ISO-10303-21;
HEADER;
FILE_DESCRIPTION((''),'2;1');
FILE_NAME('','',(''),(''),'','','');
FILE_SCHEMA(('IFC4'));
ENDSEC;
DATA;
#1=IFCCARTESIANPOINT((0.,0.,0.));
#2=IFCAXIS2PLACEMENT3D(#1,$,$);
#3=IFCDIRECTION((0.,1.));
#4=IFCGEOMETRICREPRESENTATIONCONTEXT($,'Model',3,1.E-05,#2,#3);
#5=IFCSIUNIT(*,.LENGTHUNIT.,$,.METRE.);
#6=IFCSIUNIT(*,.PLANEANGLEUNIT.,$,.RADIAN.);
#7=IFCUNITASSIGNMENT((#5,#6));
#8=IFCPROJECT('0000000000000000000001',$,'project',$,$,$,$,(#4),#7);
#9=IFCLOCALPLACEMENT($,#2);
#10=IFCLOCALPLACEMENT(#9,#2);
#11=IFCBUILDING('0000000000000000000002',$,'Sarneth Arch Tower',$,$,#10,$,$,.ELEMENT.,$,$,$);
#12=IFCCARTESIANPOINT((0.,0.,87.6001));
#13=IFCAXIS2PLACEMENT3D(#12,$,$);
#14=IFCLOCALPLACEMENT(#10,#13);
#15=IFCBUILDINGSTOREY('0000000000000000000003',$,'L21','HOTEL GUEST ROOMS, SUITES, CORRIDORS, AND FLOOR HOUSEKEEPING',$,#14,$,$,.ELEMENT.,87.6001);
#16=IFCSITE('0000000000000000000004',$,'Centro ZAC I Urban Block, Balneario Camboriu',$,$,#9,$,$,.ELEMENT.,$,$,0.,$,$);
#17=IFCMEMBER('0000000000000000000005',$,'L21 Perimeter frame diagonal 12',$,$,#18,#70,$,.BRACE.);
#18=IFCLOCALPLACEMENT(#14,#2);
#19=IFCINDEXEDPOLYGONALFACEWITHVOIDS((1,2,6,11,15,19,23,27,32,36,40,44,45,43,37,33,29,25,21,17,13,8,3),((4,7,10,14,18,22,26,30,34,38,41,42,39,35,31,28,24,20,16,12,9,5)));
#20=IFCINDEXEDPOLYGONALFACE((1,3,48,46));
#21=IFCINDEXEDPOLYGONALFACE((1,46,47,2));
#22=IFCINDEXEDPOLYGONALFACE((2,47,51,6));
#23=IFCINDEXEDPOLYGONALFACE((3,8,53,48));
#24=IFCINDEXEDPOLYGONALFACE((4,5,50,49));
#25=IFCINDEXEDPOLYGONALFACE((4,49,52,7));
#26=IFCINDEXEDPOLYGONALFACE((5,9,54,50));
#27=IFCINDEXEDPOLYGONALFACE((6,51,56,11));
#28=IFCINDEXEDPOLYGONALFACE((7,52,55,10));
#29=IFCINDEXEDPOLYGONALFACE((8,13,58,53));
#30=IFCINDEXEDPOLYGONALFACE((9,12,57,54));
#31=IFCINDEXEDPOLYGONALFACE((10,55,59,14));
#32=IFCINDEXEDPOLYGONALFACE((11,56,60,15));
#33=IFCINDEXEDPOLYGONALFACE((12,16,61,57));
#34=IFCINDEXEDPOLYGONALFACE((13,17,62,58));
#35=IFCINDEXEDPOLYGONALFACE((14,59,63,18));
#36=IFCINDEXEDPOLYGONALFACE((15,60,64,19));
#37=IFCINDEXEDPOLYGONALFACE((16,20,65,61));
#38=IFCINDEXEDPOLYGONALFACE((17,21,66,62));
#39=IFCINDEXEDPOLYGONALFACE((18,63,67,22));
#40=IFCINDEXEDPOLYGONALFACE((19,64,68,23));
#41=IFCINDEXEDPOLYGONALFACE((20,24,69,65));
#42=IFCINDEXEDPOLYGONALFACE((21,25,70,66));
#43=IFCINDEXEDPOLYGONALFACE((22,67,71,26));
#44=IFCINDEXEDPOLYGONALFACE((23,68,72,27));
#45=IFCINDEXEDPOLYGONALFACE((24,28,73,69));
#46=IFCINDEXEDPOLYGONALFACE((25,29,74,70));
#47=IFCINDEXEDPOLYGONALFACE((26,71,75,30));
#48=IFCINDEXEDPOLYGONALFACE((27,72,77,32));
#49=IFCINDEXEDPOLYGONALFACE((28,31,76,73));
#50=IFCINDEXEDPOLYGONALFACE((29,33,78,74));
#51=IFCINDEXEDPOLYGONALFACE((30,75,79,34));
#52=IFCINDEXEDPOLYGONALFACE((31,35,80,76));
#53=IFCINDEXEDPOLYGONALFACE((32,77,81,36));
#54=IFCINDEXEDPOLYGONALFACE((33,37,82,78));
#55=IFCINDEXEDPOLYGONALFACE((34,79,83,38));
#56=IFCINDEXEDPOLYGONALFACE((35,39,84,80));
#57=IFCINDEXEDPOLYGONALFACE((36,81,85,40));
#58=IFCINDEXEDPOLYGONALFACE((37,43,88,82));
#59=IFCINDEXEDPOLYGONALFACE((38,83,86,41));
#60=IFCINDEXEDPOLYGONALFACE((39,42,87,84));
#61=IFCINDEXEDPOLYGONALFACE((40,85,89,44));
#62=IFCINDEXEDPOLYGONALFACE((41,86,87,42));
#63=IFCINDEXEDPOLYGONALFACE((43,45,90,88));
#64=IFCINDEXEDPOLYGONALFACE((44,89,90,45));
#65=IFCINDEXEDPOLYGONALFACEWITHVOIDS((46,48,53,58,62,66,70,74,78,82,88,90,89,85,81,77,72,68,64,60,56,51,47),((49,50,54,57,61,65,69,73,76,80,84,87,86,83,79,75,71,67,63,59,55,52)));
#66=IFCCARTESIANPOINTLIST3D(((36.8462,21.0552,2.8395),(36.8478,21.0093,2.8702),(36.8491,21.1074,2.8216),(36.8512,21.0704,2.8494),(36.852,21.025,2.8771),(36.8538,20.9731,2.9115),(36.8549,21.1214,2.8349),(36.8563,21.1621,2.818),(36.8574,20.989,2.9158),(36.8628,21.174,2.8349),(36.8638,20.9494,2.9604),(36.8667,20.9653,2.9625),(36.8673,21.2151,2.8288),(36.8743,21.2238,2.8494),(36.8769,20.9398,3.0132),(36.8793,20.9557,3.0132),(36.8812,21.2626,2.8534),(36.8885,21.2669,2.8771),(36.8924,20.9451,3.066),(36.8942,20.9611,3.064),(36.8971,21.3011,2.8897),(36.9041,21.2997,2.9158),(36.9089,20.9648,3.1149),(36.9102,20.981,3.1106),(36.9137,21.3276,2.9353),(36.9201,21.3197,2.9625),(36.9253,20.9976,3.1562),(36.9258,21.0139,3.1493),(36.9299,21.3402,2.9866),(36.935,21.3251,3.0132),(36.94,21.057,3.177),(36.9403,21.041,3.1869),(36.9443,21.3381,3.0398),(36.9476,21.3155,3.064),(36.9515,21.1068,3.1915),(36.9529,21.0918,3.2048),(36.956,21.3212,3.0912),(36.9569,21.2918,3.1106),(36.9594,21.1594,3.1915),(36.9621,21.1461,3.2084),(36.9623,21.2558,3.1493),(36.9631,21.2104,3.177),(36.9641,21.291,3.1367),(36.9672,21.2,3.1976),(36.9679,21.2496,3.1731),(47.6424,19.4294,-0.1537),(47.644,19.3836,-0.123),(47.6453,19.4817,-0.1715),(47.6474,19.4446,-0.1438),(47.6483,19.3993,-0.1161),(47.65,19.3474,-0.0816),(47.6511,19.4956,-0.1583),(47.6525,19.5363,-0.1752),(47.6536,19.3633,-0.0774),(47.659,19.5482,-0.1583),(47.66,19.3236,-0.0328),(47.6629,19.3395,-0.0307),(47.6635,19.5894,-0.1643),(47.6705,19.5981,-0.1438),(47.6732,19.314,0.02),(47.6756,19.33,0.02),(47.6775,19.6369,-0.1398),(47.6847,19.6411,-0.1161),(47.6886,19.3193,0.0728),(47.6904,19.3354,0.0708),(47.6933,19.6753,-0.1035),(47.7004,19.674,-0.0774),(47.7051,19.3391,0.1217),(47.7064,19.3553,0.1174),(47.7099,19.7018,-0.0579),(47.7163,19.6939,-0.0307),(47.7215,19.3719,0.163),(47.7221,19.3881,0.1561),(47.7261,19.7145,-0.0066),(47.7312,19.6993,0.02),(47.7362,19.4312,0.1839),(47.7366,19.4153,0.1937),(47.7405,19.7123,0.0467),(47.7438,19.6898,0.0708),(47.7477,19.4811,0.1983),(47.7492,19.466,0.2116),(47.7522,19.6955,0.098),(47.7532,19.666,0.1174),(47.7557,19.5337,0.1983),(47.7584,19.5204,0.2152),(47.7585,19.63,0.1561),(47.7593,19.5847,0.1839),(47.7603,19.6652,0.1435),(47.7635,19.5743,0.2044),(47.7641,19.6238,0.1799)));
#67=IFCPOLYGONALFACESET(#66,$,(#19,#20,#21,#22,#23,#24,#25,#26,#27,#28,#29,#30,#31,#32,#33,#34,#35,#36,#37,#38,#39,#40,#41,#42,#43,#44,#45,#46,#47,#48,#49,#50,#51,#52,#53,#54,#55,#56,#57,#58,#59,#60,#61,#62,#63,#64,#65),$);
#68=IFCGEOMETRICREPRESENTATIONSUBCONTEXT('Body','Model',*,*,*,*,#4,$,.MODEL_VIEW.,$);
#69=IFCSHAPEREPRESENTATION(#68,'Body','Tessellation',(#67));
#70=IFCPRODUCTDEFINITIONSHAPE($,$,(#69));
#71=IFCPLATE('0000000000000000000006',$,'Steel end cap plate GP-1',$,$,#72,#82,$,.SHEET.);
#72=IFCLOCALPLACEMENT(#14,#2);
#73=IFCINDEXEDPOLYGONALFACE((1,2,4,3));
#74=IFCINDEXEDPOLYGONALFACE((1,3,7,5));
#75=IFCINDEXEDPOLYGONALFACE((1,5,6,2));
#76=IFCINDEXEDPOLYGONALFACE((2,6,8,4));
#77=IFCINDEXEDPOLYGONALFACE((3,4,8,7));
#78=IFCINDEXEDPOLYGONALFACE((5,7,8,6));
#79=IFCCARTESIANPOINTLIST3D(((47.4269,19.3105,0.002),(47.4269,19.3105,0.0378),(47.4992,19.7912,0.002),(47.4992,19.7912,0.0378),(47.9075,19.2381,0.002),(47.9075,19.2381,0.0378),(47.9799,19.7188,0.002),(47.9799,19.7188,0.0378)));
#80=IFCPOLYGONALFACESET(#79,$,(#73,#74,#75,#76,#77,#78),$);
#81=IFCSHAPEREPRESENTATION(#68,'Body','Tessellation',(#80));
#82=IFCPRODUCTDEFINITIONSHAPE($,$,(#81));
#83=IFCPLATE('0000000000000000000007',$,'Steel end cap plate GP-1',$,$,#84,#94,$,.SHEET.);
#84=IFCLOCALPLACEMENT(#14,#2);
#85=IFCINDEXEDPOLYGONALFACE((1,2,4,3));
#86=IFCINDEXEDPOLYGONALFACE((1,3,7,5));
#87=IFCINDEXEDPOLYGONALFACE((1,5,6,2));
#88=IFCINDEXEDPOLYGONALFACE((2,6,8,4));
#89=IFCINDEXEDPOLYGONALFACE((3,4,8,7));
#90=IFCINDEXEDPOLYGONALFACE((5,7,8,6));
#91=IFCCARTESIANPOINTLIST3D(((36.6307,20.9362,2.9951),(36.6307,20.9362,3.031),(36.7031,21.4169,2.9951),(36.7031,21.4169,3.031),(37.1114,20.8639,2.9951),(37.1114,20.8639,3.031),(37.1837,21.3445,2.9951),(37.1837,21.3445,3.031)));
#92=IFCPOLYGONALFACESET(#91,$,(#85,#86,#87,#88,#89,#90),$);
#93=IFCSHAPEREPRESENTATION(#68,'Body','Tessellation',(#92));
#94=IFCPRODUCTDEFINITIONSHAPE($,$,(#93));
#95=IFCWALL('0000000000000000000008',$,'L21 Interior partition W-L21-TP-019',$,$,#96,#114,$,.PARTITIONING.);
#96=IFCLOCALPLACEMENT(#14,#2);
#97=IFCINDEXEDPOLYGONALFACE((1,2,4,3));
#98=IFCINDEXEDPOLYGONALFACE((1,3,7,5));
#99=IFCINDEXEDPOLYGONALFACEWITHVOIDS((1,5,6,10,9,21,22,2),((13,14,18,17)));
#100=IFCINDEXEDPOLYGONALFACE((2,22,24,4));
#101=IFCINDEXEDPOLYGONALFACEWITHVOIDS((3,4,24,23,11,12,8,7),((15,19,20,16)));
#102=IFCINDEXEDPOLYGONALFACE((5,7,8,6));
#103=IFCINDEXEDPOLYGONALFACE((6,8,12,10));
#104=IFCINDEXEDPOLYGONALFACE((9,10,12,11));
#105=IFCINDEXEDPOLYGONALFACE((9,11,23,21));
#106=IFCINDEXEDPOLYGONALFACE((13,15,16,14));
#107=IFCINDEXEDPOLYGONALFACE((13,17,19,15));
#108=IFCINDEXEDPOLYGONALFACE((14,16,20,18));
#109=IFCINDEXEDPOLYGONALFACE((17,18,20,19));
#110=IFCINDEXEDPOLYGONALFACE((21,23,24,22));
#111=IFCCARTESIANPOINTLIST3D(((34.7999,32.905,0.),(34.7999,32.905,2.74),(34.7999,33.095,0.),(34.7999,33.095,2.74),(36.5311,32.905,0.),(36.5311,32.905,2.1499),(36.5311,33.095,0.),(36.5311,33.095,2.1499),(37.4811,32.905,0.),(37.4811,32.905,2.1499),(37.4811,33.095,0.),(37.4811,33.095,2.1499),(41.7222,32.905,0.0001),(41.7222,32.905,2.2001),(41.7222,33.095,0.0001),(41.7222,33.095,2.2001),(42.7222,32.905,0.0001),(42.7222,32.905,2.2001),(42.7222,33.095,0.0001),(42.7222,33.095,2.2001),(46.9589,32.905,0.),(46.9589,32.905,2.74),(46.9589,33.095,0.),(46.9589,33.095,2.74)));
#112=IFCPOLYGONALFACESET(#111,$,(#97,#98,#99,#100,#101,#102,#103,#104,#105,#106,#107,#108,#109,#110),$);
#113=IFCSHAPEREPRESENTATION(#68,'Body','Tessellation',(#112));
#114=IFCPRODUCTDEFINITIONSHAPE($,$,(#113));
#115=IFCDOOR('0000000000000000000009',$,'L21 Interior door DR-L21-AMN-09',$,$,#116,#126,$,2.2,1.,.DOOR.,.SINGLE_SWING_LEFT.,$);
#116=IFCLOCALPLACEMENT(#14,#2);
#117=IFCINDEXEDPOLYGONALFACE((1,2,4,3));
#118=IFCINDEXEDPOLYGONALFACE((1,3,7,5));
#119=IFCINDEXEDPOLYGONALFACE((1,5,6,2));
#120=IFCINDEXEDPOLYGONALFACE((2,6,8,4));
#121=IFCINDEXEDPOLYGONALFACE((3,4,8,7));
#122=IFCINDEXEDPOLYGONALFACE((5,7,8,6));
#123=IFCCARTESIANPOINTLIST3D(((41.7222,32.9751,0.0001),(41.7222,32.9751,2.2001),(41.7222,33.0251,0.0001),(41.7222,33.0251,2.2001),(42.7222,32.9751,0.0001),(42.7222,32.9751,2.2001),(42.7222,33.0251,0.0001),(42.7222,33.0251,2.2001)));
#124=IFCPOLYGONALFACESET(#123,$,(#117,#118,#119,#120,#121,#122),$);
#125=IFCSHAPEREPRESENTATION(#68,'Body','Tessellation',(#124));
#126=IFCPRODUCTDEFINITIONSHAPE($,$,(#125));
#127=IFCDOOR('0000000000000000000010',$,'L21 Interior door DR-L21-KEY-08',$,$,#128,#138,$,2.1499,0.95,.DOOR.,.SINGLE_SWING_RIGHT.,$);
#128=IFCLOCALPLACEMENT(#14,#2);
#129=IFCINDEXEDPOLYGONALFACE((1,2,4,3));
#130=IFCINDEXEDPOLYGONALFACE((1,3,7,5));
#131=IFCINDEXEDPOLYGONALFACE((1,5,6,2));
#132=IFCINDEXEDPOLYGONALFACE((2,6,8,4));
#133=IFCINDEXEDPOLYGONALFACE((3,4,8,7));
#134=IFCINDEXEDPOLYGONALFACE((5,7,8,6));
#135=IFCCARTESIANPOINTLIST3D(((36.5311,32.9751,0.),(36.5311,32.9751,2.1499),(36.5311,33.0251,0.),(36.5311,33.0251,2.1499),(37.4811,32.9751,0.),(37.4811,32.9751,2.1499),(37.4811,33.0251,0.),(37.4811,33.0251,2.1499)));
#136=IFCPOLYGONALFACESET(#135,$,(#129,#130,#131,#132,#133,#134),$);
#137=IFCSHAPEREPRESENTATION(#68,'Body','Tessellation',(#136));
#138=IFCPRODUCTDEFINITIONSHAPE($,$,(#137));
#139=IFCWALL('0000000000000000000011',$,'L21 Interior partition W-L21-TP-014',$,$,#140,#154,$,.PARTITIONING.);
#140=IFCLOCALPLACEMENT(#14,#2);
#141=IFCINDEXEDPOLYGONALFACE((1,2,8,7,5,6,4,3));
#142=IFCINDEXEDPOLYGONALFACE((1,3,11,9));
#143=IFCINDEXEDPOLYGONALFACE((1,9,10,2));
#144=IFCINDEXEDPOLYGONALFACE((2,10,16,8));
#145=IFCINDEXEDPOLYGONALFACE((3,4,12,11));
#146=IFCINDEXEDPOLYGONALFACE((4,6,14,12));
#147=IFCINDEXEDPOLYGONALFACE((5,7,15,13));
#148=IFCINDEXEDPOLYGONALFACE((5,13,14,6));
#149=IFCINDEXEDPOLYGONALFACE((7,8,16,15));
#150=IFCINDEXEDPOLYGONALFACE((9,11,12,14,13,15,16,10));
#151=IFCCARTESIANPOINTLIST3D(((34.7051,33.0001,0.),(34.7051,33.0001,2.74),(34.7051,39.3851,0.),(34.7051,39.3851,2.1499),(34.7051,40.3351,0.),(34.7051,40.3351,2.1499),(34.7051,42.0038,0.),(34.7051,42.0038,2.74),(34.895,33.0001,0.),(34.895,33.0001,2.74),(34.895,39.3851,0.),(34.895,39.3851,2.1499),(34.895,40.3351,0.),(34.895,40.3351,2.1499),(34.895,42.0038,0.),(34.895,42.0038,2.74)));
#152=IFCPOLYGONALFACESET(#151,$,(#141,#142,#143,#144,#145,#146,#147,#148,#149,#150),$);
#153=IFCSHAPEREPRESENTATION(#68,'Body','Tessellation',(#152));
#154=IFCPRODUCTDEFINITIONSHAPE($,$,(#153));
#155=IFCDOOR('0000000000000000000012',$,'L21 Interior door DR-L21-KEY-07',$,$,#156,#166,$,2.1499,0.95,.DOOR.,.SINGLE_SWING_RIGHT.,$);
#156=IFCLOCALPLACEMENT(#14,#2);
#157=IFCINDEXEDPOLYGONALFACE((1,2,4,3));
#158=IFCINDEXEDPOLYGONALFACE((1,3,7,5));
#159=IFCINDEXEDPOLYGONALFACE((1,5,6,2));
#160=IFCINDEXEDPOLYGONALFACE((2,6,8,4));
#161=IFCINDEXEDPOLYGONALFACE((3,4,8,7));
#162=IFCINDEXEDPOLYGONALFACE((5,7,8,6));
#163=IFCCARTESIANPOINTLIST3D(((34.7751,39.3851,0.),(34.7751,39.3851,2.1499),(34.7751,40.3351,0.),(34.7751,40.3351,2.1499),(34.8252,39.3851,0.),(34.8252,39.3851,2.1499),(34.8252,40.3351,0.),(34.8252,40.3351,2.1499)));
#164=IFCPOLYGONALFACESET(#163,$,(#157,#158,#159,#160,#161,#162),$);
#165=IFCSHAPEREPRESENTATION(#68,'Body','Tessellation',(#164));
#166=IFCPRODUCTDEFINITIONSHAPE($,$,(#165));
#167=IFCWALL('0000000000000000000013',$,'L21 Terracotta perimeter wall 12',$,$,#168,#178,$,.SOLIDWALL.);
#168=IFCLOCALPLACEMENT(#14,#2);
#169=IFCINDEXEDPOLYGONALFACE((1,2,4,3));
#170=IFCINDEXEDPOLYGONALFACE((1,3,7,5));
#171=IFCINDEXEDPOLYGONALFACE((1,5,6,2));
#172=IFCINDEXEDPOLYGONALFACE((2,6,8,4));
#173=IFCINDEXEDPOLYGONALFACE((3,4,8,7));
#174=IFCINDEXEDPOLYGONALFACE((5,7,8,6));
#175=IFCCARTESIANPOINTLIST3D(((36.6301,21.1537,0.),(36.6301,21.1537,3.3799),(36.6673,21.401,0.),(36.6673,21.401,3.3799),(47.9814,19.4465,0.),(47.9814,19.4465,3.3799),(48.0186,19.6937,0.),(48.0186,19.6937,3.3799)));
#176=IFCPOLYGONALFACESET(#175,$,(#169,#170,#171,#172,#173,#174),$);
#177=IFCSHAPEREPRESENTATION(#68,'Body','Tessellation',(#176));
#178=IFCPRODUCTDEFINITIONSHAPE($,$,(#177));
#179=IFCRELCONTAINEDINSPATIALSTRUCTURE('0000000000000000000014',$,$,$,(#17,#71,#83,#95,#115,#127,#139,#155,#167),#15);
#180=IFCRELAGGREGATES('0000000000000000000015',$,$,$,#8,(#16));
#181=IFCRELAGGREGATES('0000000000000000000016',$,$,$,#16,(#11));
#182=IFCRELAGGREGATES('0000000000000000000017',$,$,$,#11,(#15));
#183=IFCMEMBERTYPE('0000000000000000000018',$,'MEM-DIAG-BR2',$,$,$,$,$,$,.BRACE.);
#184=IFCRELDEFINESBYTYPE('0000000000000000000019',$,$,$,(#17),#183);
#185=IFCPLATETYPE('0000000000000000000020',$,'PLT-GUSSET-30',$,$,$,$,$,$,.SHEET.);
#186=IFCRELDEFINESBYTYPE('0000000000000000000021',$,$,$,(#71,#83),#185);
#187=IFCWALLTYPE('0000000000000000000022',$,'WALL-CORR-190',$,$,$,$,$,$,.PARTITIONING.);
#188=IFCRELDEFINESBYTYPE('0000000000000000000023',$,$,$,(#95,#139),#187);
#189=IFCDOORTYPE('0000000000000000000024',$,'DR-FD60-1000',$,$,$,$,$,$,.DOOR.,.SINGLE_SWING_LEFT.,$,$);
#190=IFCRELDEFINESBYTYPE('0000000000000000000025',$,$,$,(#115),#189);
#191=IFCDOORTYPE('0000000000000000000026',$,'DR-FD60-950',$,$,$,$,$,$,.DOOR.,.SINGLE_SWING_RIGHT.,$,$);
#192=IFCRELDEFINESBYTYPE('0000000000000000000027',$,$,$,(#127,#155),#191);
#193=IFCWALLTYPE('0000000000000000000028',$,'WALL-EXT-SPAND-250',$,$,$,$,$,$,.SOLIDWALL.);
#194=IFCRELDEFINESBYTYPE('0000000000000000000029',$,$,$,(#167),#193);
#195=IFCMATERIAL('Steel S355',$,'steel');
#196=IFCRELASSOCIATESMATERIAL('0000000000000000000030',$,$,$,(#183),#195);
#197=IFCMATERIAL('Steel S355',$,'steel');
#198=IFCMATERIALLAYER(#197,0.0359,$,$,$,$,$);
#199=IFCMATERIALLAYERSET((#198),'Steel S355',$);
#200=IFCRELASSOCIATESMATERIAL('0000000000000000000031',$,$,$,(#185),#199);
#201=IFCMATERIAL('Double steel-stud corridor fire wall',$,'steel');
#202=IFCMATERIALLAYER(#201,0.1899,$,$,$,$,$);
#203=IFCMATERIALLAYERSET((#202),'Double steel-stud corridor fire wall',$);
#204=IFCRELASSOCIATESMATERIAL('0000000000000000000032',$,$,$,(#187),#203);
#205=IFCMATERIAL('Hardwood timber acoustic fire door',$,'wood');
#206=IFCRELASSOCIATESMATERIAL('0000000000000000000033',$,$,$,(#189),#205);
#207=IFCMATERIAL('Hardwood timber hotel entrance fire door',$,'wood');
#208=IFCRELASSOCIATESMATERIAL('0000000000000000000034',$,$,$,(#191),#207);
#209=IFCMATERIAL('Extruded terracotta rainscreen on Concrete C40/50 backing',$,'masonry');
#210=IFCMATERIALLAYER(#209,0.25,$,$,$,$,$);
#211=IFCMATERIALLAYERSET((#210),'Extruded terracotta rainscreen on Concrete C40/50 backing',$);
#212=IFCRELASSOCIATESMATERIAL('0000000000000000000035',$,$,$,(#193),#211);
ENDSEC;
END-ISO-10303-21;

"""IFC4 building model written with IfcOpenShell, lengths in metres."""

from ifc_helpers import new_model, si_unit, direction, frame, frame_2d, origin, origin_2d, place, context, subcontext, project, spatial, rectangle, hollow_circle, extrude, material, layer, layer_set, material_profile, profile_set, type_object, element, fill, save


model = new_model("IFC4")

# Units and contexts
model_context = context("Model", 3, precision=1e-05, world=origin(), true_north=direction((0.0, 1.0)))
body_context = subcontext(model_context, "Body", "Model", "MODEL_VIEW")
ifc_project = project(units=[si_unit("LENGTHUNIT", "METRE"), si_unit("PLANEANGLEUNIT", "RADIAN")], contexts=[model_context])

# Site, building, storey
site_placement = place(None, origin())
site = spatial("IfcSite", under=ifc_project, at=site_placement, Name="Centro ZAC I Urban Block, Balneario Camboriu", CompositionType="ELEMENT", RefElevation=0.0)
building_placement = place(site_placement, origin())
building = spatial("IfcBuilding", under=site, at=building_placement, Name="Sarneth Arch Tower", CompositionType="ELEMENT")
storey_placement = place(building_placement, frame((0.0, 0.0, 87.6001)))
storey = spatial("IfcBuildingStorey", under=building, at=storey_placement, Name="L21", Description="HOTEL GUEST ROOMS, SUITES, CORRIDORS, AND FLOOR HOUSEKEEPING", CompositionType="ELEMENT", Elevation=87.6001)

# Member
ifc_material_1 = material(Name="Steel S355", Category="steel")
ifc_material_profile_1 = material_profile(ifc_material_1, hollow_circle(Radius=0.2029, WallThickness=0.0161, at=origin_2d()), Name="CHS406x16")
ifc_profile_set_1 = profile_set([ifc_material_profile_1], Name="Steel S355")
member_type_1 = type_object("IfcMemberType", Name="MEM-DIAG-BR2", PredefinedType="BRACE", material=ifc_profile_set_1)
member_1_placement = place(storey_placement, frame((47.7034, 19.5146, 0.02), z_axis=(-0.953662, 0.143607, 0.264397), x_axis=(-0.148906, -0.988851, 0.0)))
element("IfcMember", 1, at=member_1_placement, inside=storey, type_object=member_type_1, Name="L21 Perimeter frame diagonal 12", PredefinedType="BRACE", context=body_context, shape_type="SweptSolid", body=[
    extrude(hollow_circle(Radius=0.2029, WallThickness=0.0161, at=origin_2d()), origin(), (0.0, 0.0, 1.0), 11.3208),
])

# Plates
ifc_material_2 = material(Name="Steel S355", Category="steel")
ifc_layer_1 = layer(ifc_material_2, 0.0359)
ifc_layer_set_1 = layer_set([ifc_layer_1], Name="Steel S355")
plate_type = type_object("IfcPlateType", Name="PLT-GUSSET-30", PredefinedType="SHEET", material=ifc_layer_set_1)
for number, where, z_axis, x_axis, name in (
    (2, (47.7034, 19.5146, 0.002), (0.0, 0.0, 1.0), (0.988861, -0.148845, 0.0), "Steel end cap plate GP-1"),
    (3, (36.9072, 21.1404, 2.9951), (0.0, 0.0, 1.0), (0.988861, -0.148845, 0.0), "Steel end cap plate GP-1"),
):
    element("IfcPlate", number, at=place(storey_placement, frame(where, z_axis=z_axis, x_axis=x_axis)), inside=storey, type_object=plate_type, Name=name, PredefinedType="SHEET", context=body_context, shape_type="SweptSolid", body=[
        extrude(rectangle(XDim=0.4861, YDim=0.4861, at=origin_2d()), origin(), (0.0, 0.0, 1.0), 0.0359),
    ])

# Wall, openings, doors
ifc_material_3 = material(Name="Double steel-stud corridor fire wall", Category="steel")
ifc_layer_2 = layer(ifc_material_3, 0.1899)
ifc_layer_set_2 = layer_set([ifc_layer_2], Name="Double steel-stud corridor fire wall")
wall_type_1 = type_object("IfcWallType", Name="WALL-CORR-190", PredefinedType="PARTITIONING", material=ifc_layer_set_2)
wall_1_placement = place(storey_placement, frame((46.959, 33.0, 0.0), z_axis=(0.0, 0.0, 1.0), x_axis=(-1.0, 0.0, 0.0)))
wall_1 = element("IfcWall", 4, at=wall_1_placement, inside=storey, type_object=wall_type_1, Name="L21 Interior partition W-L21-TP-019", PredefinedType="PARTITIONING", context=body_context, shape_type="SweptSolid", body=[
    extrude(rectangle(XDim=12.1589, YDim=0.1899, at=frame_2d((6.0796, 0.0))), origin(), (0.0, 0.0, 1.0), 2.74),
])
opening_1_placement = place(wall_1_placement, frame((4.2368, 0.0, 0.0)))
opening_1 = element("IfcOpeningElement", 5, at=opening_1_placement, cuts=wall_1, PredefinedType="OPENING", context=body_context, shape_type="SweptSolid", body=[
    extrude(rectangle(XDim=1.0, YDim=2.2, at=frame_2d((0.5, 1.1001))), frame((0.0, 0.105, 0.0), z_axis=(0.0, -1.0, 0.0), x_axis=(1.0, 0.0, 0.0)), (0.0, 0.0, 1.0), 0.21),
])
opening_2_placement = place(wall_1_placement, frame((9.4778, 0.0, 0.0)))
opening_2 = element("IfcOpeningElement", 6, at=opening_2_placement, cuts=wall_1, PredefinedType="OPENING", context=body_context, shape_type="SweptSolid", body=[
    extrude(rectangle(XDim=0.95, YDim=2.1499, at=frame_2d((0.4751, 1.075))), frame((0.0, 0.105, 0.0), z_axis=(0.0, -1.0, 0.0), x_axis=(1.0, 0.0, 0.0)), (0.0, 0.0, 1.0), 0.21),
])
ifc_material_4 = material(Name="Hardwood timber acoustic fire door", Category="wood")
door_type_1 = type_object("IfcDoorType", Name="DR-FD60-1000", OperationType="SINGLE_SWING_LEFT", PredefinedType="DOOR", material=ifc_material_4)
door_1_placement = place(opening_1_placement, origin())
door_1 = element("IfcDoor", 7, at=door_1_placement, inside=storey, type_object=door_type_1, Name="L21 Interior door DR-L21-AMN-09", OperationType="SINGLE_SWING_LEFT", OverallHeight=2.2, OverallWidth=1.0, PredefinedType="DOOR", context=body_context, shape_type="SweptSolid", body=[
    extrude(rectangle(XDim=1.0, YDim=2.2, at=frame_2d((0.5, 1.1001))), frame((0.0, 0.0249, 0.0), z_axis=(0.0, -1.0, 0.0), x_axis=(1.0, 0.0, 0.0)), (0.0, 0.0, 1.0), 0.05),
])
fill(opening_1, door_1)
ifc_material_5 = material(Name="Hardwood timber hotel entrance fire door", Category="wood")
door_type_2 = type_object("IfcDoorType", Name="DR-FD60-950", OperationType="SINGLE_SWING_RIGHT", PredefinedType="DOOR", material=ifc_material_5)
door_2_placement = place(opening_2_placement, origin())
door_2 = element("IfcDoor", 8, at=door_2_placement, inside=storey, type_object=door_type_2, Name="L21 Interior door DR-L21-KEY-08", OperationType="SINGLE_SWING_RIGHT", OverallHeight=2.1499, OverallWidth=0.95, PredefinedType="DOOR", context=body_context, shape_type="SweptSolid", body=[
    extrude(rectangle(XDim=0.95, YDim=2.1499, at=frame_2d((0.4751, 1.075))), frame((0.0, 0.0249, 0.0), z_axis=(0.0, -1.0, 0.0), x_axis=(1.0, 0.0, 0.0)), (0.0, 0.0, 1.0), 0.05),
])
fill(opening_2, door_2)

# Wall, opening, door
wall_2_placement = place(storey_placement, frame((34.8, 33.0, 0.0), z_axis=(0.0, 0.0, 1.0), x_axis=(0.0, 1.0, 0.0)))
wall_2 = element("IfcWall", 9, at=wall_2_placement, inside=storey, type_object=wall_type_1, Name="L21 Interior partition W-L21-TP-014", PredefinedType="PARTITIONING", context=body_context, shape_type="SweptSolid", body=[
    extrude(rectangle(XDim=9.0037, YDim=0.1899, at=frame_2d((4.502, 0.0))), origin(), (0.0, 0.0, 1.0), 2.74),
])
opening_3_placement = place(wall_2_placement, frame((6.385, 0.0, 0.0)))
opening_3 = element("IfcOpeningElement", 10, at=opening_3_placement, cuts=wall_2, PredefinedType="OPENING", context=body_context, shape_type="SweptSolid", body=[
    extrude(rectangle(XDim=0.95, YDim=2.1499, at=frame_2d((0.4751, 1.075))), frame((0.0, 0.105, 0.0), z_axis=(0.0, -1.0, 0.0), x_axis=(1.0, 0.0, 0.0)), (0.0, 0.0, 1.0), 0.21),
])
door_3_placement = place(opening_3_placement, origin())
door_3 = element("IfcDoor", 11, at=door_3_placement, inside=storey, type_object=door_type_2, Name="L21 Interior door DR-L21-KEY-07", OperationType="SINGLE_SWING_RIGHT", OverallHeight=2.1499, OverallWidth=0.95, PredefinedType="DOOR", context=body_context, shape_type="SweptSolid", body=[
    extrude(rectangle(XDim=0.95, YDim=2.1499, at=frame_2d((0.4751, 1.075))), frame((0.0, 0.0249, 0.0), z_axis=(0.0, -1.0, 0.0), x_axis=(1.0, 0.0, 0.0)), (0.0, 0.0, 1.0), 0.05),
])
fill(opening_3, door_3)

# Wall
ifc_material_6 = material(Name="Extruded terracotta rainscreen on Concrete C40/50 backing", Category="masonry")
ifc_layer_3 = layer(ifc_material_6, 0.25)
ifc_layer_set_3 = layer_set([ifc_layer_3], Name="Extruded terracotta rainscreen on Concrete C40/50 backing")
wall_type_2 = type_object("IfcWallType", Name="WALL-EXT-SPAND-250", PredefinedType="SOLIDWALL", material=ifc_layer_set_3)
wall_3_placement = place(storey_placement, frame((36.6487, 21.2773, 0.0), z_axis=(0.0, 0.0, 1.0), x_axis=(0.988878, -0.14873, 0.0)))
element("IfcWall", 12, at=wall_3_placement, inside=storey, type_object=wall_type_2, Name="L21 Terracotta perimeter wall 12", PredefinedType="SOLIDWALL", context=body_context, shape_type="SweptSolid", body=[
    extrude(rectangle(XDim=11.479, YDim=0.25, at=frame_2d((5.7395, 0.0))), origin(), (0.0, 0.0, 1.0), 3.3799),
])

save(model, "model.ifc")
